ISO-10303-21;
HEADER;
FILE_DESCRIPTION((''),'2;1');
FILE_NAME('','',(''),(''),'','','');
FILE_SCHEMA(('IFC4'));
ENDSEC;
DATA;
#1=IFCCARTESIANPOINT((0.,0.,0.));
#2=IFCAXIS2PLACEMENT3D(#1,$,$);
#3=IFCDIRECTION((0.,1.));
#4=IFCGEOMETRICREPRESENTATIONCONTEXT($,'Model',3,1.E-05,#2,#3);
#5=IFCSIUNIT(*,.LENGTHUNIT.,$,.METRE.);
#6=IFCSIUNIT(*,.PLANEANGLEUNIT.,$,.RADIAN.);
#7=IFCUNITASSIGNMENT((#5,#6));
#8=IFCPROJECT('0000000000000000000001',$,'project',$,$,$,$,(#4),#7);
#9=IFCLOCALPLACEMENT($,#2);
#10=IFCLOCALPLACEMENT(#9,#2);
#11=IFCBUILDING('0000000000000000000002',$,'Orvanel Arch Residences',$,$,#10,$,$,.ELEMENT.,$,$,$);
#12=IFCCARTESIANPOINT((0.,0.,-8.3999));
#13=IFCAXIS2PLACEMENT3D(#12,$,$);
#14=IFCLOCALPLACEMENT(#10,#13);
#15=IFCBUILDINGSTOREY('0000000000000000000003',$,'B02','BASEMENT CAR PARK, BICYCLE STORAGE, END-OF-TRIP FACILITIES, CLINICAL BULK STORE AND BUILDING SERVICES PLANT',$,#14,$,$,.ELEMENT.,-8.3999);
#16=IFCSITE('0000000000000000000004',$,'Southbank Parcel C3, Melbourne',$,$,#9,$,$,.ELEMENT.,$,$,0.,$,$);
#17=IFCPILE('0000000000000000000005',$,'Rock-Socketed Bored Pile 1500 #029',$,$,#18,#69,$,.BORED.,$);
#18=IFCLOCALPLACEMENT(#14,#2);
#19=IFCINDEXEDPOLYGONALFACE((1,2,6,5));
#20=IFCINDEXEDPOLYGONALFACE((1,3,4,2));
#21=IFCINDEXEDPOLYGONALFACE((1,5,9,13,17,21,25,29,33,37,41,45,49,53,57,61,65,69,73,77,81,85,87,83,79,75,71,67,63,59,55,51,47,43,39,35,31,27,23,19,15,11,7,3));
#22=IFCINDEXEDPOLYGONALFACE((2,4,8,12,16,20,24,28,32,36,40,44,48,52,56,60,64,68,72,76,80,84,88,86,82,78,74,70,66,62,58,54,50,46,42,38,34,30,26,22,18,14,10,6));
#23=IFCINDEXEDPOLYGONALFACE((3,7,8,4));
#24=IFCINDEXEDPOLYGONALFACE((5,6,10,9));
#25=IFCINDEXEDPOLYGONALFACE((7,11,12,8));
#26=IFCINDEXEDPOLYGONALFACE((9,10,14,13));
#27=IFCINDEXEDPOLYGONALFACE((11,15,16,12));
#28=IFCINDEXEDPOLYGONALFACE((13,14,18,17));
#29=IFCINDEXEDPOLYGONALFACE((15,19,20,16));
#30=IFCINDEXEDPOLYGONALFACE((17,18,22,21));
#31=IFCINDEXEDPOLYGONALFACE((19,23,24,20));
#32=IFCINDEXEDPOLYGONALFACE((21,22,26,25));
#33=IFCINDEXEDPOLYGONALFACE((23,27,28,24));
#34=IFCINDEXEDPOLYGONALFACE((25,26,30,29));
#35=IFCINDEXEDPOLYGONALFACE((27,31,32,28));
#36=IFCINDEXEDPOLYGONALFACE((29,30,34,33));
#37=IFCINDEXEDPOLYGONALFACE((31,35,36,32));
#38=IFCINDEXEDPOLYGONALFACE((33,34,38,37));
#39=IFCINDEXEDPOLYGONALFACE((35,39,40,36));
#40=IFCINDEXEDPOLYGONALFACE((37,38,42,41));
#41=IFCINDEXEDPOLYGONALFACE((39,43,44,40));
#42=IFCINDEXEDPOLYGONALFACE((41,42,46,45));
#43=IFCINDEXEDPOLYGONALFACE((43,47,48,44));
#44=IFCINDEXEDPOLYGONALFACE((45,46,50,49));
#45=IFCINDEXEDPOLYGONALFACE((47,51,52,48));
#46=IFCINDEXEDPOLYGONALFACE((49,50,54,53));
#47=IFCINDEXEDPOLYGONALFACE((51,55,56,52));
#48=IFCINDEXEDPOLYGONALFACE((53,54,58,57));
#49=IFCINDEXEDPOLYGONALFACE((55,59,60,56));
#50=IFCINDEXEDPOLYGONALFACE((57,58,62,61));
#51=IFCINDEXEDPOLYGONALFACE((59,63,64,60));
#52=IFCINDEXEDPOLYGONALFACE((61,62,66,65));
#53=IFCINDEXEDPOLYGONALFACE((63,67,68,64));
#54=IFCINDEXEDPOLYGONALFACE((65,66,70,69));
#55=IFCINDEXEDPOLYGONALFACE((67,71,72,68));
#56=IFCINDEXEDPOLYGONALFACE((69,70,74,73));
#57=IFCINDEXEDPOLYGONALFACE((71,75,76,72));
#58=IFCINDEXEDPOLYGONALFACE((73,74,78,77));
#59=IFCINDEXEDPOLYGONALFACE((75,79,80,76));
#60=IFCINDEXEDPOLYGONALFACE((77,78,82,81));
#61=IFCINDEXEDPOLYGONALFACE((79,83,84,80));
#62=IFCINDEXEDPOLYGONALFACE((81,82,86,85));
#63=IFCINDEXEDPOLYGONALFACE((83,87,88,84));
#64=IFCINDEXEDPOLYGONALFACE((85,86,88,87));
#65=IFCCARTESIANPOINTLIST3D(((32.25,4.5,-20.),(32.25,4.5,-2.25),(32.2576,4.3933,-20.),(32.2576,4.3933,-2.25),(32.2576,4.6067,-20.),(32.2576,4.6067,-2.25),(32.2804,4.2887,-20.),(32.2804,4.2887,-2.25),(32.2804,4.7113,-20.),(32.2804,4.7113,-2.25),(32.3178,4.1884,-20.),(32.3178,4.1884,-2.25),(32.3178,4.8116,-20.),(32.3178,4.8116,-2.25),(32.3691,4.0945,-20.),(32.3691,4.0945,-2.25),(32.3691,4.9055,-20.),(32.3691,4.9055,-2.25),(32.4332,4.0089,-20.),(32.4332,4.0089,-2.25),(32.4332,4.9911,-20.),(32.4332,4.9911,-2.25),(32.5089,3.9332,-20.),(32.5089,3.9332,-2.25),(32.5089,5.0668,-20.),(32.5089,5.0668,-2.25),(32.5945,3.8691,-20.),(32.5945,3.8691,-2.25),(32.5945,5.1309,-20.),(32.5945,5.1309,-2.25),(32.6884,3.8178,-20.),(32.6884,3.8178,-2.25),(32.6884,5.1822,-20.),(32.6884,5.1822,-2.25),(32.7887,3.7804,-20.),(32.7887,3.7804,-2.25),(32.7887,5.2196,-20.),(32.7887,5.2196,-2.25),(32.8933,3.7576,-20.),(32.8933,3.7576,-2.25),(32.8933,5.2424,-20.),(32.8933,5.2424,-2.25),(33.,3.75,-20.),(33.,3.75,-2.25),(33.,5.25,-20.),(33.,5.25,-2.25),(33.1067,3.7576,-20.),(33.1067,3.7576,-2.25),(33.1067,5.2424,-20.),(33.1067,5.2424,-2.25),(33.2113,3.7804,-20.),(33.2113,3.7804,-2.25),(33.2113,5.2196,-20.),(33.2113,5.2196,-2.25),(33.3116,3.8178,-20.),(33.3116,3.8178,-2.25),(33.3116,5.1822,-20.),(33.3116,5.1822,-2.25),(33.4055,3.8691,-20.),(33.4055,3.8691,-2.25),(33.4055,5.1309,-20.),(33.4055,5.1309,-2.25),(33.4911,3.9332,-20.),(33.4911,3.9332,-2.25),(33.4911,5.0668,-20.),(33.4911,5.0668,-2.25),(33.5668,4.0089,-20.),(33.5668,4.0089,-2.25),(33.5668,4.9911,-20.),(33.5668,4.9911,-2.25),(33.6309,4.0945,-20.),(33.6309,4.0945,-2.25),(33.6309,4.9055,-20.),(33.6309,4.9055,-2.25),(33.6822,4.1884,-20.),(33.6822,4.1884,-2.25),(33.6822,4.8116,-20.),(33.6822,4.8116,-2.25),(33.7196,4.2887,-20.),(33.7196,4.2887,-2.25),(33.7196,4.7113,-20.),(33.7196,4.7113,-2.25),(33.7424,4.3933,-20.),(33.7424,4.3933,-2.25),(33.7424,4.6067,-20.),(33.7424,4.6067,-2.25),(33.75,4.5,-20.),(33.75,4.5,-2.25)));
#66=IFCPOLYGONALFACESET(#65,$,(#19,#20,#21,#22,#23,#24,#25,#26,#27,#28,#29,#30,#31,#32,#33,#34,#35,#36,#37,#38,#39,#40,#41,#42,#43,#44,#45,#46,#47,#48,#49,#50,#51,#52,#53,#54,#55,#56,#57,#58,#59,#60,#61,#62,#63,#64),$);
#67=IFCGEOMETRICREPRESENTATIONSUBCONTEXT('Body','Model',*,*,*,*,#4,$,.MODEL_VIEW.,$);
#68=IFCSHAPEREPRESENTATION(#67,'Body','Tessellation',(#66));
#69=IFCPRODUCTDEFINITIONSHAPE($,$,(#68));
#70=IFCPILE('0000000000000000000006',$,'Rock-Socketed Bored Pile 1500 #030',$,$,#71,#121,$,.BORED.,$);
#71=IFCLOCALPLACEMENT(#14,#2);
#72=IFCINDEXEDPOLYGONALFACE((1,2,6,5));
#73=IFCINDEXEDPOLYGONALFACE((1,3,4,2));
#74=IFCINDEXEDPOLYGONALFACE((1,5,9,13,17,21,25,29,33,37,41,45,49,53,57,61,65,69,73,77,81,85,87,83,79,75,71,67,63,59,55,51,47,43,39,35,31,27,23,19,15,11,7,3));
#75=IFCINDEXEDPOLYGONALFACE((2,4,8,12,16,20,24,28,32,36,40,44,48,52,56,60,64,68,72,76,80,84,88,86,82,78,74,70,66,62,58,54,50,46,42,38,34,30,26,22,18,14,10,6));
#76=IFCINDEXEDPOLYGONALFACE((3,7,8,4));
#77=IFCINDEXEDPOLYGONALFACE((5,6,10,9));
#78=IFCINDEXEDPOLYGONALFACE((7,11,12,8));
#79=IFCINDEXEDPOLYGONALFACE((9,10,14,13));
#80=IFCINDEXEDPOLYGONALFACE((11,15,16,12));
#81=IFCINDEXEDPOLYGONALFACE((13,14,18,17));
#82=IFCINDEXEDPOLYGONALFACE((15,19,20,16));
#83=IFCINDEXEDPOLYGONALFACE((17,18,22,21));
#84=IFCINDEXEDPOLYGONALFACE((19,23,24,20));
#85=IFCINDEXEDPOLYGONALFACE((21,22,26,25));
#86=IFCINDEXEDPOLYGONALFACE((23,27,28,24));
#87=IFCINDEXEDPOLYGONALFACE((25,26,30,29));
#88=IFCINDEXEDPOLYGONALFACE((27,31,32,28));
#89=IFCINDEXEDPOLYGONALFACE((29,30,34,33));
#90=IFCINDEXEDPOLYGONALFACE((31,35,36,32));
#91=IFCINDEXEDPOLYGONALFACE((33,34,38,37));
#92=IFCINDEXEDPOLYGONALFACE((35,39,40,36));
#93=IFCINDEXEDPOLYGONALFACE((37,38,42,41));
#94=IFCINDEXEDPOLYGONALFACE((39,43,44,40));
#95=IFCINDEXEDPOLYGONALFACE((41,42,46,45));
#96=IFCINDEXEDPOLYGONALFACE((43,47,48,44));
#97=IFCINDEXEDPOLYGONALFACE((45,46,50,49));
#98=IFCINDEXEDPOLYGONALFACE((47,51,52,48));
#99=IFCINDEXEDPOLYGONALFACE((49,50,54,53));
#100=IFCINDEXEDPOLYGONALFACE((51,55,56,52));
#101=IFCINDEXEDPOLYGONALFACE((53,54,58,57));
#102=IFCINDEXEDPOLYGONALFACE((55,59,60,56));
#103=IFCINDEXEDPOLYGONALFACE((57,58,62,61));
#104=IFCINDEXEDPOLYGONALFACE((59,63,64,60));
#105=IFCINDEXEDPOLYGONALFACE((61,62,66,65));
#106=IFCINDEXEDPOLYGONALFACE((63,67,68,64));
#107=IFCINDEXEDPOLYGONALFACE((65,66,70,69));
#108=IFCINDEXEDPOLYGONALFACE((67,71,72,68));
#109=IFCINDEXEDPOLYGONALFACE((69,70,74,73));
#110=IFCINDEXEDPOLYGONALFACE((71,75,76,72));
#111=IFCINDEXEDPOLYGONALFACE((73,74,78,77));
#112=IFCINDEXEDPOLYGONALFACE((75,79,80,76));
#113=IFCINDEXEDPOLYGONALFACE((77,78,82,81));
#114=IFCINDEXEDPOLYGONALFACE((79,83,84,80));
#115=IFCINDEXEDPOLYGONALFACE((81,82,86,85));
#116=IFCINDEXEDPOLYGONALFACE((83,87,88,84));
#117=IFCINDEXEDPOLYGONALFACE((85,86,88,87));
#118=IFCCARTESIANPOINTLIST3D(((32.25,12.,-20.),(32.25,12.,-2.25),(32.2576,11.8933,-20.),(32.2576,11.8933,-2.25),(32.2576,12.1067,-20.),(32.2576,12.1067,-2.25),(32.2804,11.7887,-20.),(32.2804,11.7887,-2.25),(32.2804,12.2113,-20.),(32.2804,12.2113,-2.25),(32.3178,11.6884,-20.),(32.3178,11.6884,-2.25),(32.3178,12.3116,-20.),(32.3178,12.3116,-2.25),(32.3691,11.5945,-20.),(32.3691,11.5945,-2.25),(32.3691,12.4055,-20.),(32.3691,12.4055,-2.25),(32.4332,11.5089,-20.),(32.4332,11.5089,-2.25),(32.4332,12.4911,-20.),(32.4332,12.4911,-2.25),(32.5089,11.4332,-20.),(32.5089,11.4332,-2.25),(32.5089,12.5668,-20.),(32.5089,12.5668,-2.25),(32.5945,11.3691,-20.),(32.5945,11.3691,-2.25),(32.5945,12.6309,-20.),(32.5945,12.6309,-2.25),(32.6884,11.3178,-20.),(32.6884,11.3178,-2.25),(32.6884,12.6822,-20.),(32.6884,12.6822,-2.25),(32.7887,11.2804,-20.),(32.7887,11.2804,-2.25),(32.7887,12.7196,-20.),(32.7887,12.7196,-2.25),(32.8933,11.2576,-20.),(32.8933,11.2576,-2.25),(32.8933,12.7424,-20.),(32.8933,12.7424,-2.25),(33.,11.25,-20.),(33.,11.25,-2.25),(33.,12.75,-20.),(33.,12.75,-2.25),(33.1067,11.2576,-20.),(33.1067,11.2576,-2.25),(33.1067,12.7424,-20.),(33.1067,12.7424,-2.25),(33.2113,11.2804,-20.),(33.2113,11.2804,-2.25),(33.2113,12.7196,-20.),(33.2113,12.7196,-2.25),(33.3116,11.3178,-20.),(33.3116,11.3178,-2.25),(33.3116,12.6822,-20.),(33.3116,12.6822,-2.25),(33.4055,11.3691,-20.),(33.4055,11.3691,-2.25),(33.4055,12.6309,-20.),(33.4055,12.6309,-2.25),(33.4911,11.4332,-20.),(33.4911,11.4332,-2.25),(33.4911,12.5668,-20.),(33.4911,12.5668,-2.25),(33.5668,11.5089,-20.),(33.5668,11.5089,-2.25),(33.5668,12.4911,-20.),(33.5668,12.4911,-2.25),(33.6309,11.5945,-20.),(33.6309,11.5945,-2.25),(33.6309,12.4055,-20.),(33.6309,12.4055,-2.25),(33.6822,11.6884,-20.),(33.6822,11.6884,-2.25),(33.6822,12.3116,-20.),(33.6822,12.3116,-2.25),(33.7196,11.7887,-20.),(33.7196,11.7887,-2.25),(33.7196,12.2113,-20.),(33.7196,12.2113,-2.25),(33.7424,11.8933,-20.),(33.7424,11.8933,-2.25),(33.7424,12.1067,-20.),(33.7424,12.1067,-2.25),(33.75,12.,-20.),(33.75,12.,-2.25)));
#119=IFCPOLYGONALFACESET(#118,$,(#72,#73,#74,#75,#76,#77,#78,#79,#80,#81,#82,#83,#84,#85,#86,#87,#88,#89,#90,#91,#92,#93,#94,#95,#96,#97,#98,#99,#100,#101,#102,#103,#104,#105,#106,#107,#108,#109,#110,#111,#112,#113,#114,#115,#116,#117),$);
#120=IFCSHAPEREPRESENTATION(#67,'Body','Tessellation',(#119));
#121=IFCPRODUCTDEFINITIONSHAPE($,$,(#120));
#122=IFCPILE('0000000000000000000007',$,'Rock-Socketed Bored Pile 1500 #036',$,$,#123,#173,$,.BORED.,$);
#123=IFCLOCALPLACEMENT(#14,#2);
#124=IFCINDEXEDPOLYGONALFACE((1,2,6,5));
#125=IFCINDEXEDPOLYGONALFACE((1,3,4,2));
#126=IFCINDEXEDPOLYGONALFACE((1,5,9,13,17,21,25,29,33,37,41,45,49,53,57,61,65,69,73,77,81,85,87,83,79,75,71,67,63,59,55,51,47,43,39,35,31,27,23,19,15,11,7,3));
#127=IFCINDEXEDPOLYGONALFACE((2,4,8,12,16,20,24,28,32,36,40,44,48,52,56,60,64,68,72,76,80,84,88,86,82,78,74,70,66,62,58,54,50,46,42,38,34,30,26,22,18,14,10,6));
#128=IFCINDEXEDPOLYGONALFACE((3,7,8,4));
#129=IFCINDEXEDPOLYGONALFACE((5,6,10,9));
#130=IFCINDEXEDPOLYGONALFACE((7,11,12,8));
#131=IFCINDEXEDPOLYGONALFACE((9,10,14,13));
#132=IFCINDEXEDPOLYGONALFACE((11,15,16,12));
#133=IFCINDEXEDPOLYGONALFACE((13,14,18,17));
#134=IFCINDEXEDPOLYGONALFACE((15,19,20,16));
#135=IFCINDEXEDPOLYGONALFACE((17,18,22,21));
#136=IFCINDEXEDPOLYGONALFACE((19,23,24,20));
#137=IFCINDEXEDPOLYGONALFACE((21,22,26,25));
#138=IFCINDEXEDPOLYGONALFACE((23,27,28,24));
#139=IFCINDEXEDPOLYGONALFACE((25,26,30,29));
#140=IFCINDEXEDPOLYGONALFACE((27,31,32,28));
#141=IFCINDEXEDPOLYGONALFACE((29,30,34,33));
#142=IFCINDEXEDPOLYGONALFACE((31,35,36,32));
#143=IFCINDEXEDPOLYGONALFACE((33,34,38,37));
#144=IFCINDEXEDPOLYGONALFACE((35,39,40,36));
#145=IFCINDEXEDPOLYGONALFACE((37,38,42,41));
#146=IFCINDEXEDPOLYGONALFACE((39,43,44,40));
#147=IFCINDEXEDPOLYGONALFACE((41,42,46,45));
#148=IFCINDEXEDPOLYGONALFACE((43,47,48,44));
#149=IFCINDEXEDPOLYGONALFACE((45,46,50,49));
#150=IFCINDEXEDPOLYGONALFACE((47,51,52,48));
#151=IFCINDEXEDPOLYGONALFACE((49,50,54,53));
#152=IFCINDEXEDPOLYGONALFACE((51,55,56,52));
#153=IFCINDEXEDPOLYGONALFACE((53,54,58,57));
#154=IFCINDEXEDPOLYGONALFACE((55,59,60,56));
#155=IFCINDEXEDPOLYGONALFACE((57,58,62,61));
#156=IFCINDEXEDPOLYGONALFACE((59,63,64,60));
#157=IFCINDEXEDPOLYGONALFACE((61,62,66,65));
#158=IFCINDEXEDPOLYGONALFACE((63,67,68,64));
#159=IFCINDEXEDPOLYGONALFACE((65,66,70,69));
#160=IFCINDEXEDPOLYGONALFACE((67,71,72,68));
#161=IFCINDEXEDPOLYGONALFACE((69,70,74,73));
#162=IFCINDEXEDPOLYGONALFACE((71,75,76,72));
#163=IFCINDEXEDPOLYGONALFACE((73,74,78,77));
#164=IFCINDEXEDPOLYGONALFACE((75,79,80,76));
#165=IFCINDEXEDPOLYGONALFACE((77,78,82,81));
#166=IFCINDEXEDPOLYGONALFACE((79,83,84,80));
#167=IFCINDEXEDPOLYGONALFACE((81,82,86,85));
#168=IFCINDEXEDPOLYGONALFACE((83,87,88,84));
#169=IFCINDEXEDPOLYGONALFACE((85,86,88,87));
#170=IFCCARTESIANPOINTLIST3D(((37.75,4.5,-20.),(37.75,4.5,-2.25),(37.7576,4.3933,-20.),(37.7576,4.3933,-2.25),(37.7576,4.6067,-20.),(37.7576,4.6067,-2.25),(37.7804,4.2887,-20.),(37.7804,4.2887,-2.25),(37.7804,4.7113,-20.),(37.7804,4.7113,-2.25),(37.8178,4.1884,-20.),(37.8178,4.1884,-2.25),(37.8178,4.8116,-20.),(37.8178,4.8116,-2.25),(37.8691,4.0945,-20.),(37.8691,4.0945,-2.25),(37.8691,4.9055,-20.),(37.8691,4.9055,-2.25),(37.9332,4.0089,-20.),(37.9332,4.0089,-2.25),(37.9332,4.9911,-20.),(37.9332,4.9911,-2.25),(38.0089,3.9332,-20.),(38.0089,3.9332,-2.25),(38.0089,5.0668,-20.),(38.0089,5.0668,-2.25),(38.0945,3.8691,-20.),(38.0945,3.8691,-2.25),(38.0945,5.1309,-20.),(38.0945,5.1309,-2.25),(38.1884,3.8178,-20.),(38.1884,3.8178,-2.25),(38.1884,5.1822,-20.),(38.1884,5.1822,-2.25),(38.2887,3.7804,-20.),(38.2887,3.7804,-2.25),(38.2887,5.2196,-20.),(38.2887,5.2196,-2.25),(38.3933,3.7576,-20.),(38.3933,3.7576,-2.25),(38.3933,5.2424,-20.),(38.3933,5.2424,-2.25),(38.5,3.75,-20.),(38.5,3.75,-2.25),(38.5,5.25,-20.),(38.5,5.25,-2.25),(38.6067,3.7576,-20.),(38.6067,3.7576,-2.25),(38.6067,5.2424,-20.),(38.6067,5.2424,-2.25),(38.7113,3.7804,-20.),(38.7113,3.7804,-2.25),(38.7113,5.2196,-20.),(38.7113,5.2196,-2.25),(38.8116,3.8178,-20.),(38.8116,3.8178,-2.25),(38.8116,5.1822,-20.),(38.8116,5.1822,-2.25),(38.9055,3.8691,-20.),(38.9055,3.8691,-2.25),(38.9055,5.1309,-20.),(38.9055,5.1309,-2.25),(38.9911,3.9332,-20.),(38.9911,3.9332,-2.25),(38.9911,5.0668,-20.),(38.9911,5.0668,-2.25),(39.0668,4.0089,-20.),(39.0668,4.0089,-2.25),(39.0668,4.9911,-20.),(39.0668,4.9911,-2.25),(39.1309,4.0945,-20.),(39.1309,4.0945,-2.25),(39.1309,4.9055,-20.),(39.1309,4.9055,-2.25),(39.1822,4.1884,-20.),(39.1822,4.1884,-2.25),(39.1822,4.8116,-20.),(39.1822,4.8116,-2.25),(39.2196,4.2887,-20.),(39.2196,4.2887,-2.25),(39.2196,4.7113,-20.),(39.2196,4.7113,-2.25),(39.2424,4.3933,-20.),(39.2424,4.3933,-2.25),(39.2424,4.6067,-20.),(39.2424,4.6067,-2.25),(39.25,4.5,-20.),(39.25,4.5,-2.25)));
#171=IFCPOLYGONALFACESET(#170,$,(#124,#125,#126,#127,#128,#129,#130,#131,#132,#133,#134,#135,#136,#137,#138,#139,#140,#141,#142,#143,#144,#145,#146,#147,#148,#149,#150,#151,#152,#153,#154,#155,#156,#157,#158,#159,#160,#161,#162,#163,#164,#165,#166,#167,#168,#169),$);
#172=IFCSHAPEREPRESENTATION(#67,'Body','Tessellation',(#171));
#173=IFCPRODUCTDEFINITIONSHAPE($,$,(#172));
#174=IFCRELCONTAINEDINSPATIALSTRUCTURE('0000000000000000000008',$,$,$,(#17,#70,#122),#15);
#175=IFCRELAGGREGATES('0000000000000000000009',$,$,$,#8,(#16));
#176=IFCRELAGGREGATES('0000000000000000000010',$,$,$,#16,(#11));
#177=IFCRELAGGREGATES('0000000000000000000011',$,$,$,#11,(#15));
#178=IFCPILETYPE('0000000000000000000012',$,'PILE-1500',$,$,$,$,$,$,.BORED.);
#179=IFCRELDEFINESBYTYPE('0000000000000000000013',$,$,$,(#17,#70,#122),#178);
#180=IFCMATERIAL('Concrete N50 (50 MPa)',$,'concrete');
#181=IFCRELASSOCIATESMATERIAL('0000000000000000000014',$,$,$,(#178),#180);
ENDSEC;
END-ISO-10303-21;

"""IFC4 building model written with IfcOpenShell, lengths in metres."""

from ifc_helpers import new_model, si_unit, direction, frame, origin, origin_2d, place, context, subcontext, project, spatial, circle, extrude, material, material_profile, profile_set, type_object, element, save


model = new_model("IFC4")

# Units and contexts
model_context = context("Model", 3, precision=1e-05, world=origin(), true_north=direction((0.0, 1.0)))
body_context = subcontext(model_context, "Body", "Model", "MODEL_VIEW")
ifc_project = project(units=[si_unit("LENGTHUNIT", "METRE"), si_unit("PLANEANGLEUNIT", "RADIAN")], contexts=[model_context])

# Site, building, storey
site_placement = place(None, origin())
site = spatial("IfcSite", under=ifc_project, at=site_placement, Name="Southbank Parcel C3, Melbourne", CompositionType="ELEMENT", RefElevation=0.0)
building_placement = place(site_placement, origin())
building = spatial("IfcBuilding", under=site, at=building_placement, Name="Orvanel Arch Residences", CompositionType="ELEMENT")
storey_placement = place(building_placement, frame((0.0, 0.0, -8.3999)))
storey = spatial("IfcBuildingStorey", under=building, at=storey_placement, Name="B02", Description="BASEMENT CAR PARK, BICYCLE STORAGE, END-OF-TRIP FACILITIES, CLINICAL BULK STORE AND BUILDING SERVICES PLANT", CompositionType="ELEMENT", Elevation=-8.3999)

# Piles
ifc_material_1 = material(Name="Concrete N50 (50 MPa)", Category="concrete")
ifc_material_profile_1 = material_profile(ifc_material_1, circle(Radius=0.75, at=origin_2d()), Name="PILE1500")
ifc_profile_set_1 = profile_set([ifc_material_profile_1], Name="Concrete N50 (50 MPa)")
pile_type = type_object("IfcPileType", Name="PILE-1500", PredefinedType="BORED", material=ifc_profile_set_1)
for number, where, z_axis, x_axis, name in (
    (1, (33.0, 4.5, -2.25), (0.0, 0.0, -1.0), (1.0, 0.0, 0.0), "Rock-Socketed Bored Pile 1500 #029"),
    (2, (33.0, 12.0, -2.25), (0.0, 0.0, -1.0), (1.0, 0.0, 0.0), "Rock-Socketed Bored Pile 1500 #030"),
    (3, (38.5, 4.5, -2.25), (0.0, 0.0, -1.0), (1.0, 0.0, 0.0), "Rock-Socketed Bored Pile 1500 #036"),
):
    element("IfcPile", number, at=place(storey_placement, frame(where, z_axis=z_axis, x_axis=x_axis)), inside=storey, type_object=pile_type, Name=name, PredefinedType="BORED", context=body_context, shape_type="SweptSolid", body=[
        extrude(circle(Radius=0.75, at=origin_2d()), origin(), (0.0, 0.0, 1.0), 17.75),
    ])

save(model, "model.ifc")
